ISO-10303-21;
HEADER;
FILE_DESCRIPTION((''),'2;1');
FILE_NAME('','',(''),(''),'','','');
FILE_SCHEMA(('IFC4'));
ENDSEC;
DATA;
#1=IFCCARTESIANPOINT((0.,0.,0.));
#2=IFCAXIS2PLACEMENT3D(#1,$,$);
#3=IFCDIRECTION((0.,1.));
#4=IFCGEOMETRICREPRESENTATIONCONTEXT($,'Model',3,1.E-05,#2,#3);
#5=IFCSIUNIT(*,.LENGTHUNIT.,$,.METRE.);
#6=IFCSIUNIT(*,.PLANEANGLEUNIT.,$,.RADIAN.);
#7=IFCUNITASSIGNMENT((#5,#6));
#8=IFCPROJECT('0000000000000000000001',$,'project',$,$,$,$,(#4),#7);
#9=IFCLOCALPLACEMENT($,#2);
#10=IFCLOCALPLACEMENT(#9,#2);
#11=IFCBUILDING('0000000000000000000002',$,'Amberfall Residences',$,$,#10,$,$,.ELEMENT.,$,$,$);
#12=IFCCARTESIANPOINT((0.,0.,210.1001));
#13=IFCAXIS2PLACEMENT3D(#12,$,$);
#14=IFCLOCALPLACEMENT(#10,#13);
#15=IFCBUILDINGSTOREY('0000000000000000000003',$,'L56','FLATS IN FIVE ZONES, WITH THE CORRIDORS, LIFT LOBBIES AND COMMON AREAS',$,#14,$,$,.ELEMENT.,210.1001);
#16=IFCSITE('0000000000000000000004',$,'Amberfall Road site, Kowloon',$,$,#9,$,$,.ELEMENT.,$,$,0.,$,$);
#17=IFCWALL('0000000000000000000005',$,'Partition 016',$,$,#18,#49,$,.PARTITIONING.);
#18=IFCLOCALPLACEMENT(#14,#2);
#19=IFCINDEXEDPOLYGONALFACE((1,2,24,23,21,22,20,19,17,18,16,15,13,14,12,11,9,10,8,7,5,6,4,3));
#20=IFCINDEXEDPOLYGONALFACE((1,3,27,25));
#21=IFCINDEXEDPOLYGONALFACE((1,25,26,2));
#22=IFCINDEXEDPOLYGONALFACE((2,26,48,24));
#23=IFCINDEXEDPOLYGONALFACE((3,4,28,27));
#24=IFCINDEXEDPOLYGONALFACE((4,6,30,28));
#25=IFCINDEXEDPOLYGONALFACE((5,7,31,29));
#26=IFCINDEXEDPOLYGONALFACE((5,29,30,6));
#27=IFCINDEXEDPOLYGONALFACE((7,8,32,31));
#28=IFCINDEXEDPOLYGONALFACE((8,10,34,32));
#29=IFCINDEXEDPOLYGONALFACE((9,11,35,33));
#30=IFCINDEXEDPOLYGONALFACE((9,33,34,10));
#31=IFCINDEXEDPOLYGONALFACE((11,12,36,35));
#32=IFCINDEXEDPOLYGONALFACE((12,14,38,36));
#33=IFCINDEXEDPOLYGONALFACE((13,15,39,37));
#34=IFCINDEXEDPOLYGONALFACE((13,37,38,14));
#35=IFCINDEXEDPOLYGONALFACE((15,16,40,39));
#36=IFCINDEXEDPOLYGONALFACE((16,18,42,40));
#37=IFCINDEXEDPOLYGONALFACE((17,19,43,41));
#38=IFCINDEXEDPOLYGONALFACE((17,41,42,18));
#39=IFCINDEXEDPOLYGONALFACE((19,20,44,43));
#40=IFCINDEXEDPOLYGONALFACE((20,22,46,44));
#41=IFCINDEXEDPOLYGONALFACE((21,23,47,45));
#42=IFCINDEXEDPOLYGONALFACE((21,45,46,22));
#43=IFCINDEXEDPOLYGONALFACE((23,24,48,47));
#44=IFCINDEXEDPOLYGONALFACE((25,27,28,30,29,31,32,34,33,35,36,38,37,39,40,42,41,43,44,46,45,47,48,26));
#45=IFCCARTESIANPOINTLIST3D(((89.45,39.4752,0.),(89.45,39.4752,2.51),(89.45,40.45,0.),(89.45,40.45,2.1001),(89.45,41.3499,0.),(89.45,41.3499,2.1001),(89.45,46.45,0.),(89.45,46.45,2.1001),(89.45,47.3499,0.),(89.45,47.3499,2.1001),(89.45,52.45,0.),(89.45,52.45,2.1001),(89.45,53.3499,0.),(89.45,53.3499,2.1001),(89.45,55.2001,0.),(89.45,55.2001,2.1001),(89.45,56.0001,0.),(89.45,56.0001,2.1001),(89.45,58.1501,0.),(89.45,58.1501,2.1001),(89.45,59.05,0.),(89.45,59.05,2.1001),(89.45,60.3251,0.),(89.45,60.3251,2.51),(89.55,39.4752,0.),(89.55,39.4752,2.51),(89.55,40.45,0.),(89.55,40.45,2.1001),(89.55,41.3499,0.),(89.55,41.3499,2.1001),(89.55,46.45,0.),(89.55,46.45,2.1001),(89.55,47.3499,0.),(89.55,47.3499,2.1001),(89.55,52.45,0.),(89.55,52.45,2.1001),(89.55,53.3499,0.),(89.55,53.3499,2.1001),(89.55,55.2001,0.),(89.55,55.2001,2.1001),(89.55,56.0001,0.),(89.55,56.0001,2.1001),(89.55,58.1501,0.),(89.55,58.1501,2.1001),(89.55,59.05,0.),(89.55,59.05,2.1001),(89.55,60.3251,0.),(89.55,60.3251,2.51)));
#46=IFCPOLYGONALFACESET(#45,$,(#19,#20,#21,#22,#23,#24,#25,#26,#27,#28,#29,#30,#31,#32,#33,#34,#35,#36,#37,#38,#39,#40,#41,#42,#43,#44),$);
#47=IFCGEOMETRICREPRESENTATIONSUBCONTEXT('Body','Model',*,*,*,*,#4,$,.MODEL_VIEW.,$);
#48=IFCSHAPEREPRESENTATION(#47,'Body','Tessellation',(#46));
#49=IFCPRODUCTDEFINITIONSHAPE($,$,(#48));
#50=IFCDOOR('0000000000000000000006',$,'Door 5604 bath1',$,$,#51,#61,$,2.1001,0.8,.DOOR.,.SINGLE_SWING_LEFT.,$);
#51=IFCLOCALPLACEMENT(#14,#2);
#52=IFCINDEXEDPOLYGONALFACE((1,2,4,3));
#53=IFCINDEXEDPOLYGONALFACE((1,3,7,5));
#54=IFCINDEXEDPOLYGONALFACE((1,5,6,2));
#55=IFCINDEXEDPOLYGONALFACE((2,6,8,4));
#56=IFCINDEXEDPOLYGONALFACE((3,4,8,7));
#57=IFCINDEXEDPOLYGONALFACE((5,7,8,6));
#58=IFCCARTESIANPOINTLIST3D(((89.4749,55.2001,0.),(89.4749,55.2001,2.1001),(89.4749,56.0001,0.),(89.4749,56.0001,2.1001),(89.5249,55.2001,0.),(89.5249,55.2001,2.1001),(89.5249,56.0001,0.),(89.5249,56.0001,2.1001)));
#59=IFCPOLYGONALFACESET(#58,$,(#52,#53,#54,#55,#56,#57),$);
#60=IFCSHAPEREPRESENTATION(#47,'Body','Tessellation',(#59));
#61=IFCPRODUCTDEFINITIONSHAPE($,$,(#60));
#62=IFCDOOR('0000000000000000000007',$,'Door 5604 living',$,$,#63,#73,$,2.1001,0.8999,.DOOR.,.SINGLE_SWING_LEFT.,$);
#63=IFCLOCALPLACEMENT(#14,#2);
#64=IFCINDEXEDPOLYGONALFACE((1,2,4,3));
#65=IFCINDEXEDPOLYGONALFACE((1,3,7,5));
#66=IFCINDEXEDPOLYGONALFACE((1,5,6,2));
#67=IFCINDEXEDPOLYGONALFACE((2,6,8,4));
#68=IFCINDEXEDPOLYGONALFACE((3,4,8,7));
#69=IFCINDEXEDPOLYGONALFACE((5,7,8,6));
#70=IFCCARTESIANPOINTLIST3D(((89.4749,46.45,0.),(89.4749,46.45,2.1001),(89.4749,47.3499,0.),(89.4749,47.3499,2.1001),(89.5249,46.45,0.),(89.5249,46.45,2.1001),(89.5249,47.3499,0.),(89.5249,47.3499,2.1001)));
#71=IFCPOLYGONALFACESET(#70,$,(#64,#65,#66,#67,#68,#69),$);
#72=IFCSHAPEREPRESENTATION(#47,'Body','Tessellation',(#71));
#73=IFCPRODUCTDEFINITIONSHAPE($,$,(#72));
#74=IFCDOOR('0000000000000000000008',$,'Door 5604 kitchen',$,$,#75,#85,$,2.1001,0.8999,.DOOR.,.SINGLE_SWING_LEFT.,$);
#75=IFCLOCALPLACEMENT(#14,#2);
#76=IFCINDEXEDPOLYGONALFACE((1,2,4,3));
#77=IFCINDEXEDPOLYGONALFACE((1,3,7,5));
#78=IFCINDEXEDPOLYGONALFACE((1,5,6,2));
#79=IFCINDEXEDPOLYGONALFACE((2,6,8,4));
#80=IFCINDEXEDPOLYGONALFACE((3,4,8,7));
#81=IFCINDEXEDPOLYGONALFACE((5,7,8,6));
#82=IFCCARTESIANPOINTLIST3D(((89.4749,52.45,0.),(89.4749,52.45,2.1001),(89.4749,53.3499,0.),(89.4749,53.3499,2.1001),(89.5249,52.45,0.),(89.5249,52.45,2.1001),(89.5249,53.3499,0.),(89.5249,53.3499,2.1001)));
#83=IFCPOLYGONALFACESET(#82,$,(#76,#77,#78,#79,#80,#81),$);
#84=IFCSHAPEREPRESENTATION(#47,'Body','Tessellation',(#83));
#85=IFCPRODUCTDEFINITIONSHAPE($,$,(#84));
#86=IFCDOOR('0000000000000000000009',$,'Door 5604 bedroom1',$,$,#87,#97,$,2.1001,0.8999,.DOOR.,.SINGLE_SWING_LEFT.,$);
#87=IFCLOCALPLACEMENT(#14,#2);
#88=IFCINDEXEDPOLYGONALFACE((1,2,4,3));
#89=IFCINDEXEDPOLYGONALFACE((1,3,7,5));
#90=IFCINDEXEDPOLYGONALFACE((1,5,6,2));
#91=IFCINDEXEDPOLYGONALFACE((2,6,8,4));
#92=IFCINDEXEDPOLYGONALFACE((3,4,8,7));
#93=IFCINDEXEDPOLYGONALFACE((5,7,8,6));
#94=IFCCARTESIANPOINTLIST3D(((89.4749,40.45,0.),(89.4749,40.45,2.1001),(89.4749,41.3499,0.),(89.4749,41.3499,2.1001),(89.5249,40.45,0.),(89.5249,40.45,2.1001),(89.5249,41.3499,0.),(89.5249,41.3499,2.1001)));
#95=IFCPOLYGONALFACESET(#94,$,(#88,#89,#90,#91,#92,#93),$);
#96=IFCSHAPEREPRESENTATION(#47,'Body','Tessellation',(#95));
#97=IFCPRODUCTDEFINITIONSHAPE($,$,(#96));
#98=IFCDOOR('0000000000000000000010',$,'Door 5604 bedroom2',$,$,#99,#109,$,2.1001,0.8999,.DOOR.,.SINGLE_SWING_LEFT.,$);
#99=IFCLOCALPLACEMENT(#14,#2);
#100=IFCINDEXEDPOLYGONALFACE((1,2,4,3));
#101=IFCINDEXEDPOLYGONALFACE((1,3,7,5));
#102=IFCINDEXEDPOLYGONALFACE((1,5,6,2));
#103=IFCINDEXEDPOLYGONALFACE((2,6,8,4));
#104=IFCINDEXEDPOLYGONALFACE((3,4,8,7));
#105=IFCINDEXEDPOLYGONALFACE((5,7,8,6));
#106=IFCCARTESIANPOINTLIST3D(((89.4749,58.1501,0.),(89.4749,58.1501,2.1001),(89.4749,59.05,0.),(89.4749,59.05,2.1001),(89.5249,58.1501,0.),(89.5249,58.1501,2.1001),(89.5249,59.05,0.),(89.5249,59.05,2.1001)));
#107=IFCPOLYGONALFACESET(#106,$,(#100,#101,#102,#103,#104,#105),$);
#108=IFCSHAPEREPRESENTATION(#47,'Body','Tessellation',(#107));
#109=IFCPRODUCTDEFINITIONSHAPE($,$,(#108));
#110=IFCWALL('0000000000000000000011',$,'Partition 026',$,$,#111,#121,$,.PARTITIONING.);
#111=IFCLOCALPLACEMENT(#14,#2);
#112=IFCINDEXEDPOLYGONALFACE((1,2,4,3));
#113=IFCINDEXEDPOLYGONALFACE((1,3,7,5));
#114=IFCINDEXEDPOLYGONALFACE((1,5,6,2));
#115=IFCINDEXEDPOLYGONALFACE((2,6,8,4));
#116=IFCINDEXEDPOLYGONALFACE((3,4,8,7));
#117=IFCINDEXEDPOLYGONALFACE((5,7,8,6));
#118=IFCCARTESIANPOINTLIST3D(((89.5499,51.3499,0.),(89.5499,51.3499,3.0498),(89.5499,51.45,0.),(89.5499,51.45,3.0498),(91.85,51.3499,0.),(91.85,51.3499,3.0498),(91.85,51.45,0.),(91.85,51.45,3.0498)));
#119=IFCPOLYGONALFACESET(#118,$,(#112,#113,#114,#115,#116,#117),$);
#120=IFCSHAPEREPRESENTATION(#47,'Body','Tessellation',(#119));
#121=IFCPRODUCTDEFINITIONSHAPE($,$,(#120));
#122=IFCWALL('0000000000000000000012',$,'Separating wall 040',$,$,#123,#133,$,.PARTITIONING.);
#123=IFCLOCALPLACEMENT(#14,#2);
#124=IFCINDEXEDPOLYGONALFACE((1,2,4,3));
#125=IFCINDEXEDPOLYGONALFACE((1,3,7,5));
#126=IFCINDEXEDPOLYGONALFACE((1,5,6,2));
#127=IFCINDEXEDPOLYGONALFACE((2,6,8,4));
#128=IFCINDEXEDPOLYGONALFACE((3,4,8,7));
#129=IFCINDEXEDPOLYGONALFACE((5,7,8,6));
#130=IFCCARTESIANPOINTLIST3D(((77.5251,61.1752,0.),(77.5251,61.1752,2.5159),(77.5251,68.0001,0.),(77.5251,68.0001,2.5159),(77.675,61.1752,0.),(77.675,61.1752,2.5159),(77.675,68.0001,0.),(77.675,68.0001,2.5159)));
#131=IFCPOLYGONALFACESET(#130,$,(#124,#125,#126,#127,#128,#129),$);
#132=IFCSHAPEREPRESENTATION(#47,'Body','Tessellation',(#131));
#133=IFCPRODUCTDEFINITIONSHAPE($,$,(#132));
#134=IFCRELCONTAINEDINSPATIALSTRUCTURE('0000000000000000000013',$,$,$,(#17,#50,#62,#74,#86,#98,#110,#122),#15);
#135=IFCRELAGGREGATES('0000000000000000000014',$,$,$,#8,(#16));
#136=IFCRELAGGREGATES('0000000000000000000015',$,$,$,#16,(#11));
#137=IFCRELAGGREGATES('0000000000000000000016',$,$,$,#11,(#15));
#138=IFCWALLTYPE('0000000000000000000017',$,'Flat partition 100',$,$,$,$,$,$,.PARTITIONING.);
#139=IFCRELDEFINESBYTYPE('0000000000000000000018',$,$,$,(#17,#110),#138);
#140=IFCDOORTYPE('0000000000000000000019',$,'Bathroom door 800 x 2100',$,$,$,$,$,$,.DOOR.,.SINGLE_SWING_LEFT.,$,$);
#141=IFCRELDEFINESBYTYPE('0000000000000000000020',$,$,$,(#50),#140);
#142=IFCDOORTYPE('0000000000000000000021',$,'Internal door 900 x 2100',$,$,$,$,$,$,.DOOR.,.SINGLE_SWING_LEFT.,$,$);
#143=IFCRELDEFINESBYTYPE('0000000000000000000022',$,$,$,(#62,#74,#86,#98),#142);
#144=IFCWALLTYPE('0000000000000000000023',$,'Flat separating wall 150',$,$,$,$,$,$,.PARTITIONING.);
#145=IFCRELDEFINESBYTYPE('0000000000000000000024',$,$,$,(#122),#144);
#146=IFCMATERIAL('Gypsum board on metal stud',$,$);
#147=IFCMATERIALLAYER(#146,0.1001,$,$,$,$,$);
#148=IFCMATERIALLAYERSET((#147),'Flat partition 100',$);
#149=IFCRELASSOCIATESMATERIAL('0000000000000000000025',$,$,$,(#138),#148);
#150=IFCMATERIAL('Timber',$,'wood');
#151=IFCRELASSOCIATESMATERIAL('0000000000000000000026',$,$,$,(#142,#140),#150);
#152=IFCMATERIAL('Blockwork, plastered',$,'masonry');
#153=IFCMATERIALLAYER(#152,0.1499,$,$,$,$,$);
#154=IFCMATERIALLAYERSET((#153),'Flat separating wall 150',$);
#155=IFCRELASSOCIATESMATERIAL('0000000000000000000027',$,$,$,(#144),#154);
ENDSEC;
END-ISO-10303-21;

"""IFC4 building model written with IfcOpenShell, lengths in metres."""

from ifc_helpers import new_model, si_unit, direction, frame, frame_2d, origin, place, context, subcontext, project, spatial, rectangle, extrude, material, layer, layer_set, type_object, element, fill, save


model = new_model("IFC4")

# Units and contexts
model_context = context("Model", 3, precision=1e-05, world=origin(), true_north=direction((0.0, 1.0)))
body_context = subcontext(model_context, "Body", "Model", "MODEL_VIEW")
ifc_project = project(units=[si_unit("LENGTHUNIT", "METRE"), si_unit("PLANEANGLEUNIT", "RADIAN")], contexts=[model_context])

# Site, building, storey
site_placement = place(None, origin())
site = spatial("IfcSite", under=ifc_project, at=site_placement, Name="Amberfall Road site, Kowloon", CompositionType="ELEMENT", RefElevation=0.0)
building_placement = place(site_placement, origin())
building = spatial("IfcBuilding", under=site, at=building_placement, Name="Amberfall Residences", CompositionType="ELEMENT")
storey_placement = place(building_placement, frame((0.0, 0.0, 210.1001)))
storey = spatial("IfcBuildingStorey", under=building, at=storey_placement, Name="L56", Description="FLATS IN FIVE ZONES, WITH THE CORRIDORS, LIFT LOBBIES AND COMMON AREAS", CompositionType="ELEMENT", Elevation=210.1001)

# Shared definitions
ifc_material_1 = material(Name="Gypsum board on metal stud")
ifc_layer_1 = layer(ifc_material_1, 0.1001)
ifc_layer_set_1 = layer_set([ifc_layer_1], Name="Flat partition 100")
wall_type_1 = type_object("IfcWallType", Name="Flat partition 100", PredefinedType="PARTITIONING", material=ifc_layer_set_1)

# Wall, openings, doors
ifc_material_2 = material(Name="Timber", Category="wood")
door_type_1 = type_object("IfcDoorType", Name="Internal door 900 x 2100", OperationType="SINGLE_SWING_LEFT", PredefinedType="DOOR", material=ifc_material_2)
wall_1_placement = place(storey_placement, frame((89.5, 60.325, 0.0), z_axis=(0.0, 0.0, 1.0), x_axis=(0.0, -1.0, 0.0)))
wall_1 = element("IfcWall", 1, at=wall_1_placement, inside=storey, type_object=wall_type_1, Name="Partition 016", PredefinedType="PARTITIONING", context=body_context, shape_type="SweptSolid", body=[
    extrude(rectangle(XDim=20.8499, YDim=0.1001, at=frame_2d((10.4248, 0.0))), origin(), (0.0, 0.0, 1.0), 2.51),
])
opening_1_placement = place(wall_1_placement, frame((12.9751, 0.0, 0.0)))
opening_1 = element("IfcOpeningElement", 2, at=opening_1_placement, cuts=wall_1, PredefinedType="OPENING", context=body_context, shape_type="SweptSolid", body=[
    extrude(rectangle(XDim=0.8999, YDim=2.1001, at=frame_2d((0.45, 1.05))), frame((0.0, 0.0601, 0.0), z_axis=(0.0, -1.0, 0.0), x_axis=(1.0, 0.0, 0.0)), (0.0, 0.0, 1.0), 0.1201),
])
opening_2_placement = place(wall_1_placement, frame((6.9751, 0.0, 0.0)))
opening_2 = element("IfcOpeningElement", 3, at=opening_2_placement, cuts=wall_1, PredefinedType="OPENING", context=body_context, shape_type="SweptSolid", body=[
    extrude(rectangle(XDim=0.8999, YDim=2.1001, at=frame_2d((0.45, 1.05))), frame((0.0, 0.0601, 0.0), z_axis=(0.0, -1.0, 0.0), x_axis=(1.0, 0.0, 0.0)), (0.0, 0.0, 1.0), 0.1201),
])
opening_3_placement = place(wall_1_placement, frame((18.9751, 0.0, 0.0)))
opening_3 = element("IfcOpeningElement", 4, at=opening_3_placement, cuts=wall_1, PredefinedType="OPENING", context=body_context, shape_type="SweptSolid", body=[
    extrude(rectangle(XDim=0.8999, YDim=2.1001, at=frame_2d((0.45, 1.05))), frame((0.0, 0.0601, 0.0), z_axis=(0.0, -1.0, 0.0), x_axis=(1.0, 0.0, 0.0)), (0.0, 0.0, 1.0), 0.1201),
])
opening_4_placement = place(wall_1_placement, frame((1.2749, 0.0, 0.0)))
opening_4 = element("IfcOpeningElement", 5, at=opening_4_placement, cuts=wall_1, PredefinedType="OPENING", context=body_context, shape_type="SweptSolid", body=[
    extrude(rectangle(XDim=0.8999, YDim=2.1001, at=frame_2d((0.45, 1.05))), frame((0.0, 0.0601, 0.0), z_axis=(0.0, -1.0, 0.0), x_axis=(1.0, 0.0, 0.0)), (0.0, 0.0, 1.0), 0.1201),
])
opening_5_placement = place(wall_1_placement, frame((4.325, 0.0, 0.0)))
opening_5 = element("IfcOpeningElement", 6, at=opening_5_placement, cuts=wall_1, PredefinedType="OPENING", context=body_context, shape_type="SweptSolid", body=[
    extrude(rectangle(XDim=0.8, YDim=2.1001, at=frame_2d((0.3999, 1.05))), frame((0.0, 0.0601, 0.0), z_axis=(0.0, -1.0, 0.0), x_axis=(1.0, 0.0, 0.0)), (0.0, 0.0, 1.0), 0.1201),
])
door_type_2 = type_object("IfcDoorType", Name="Bathroom door 800 x 2100", OperationType="SINGLE_SWING_LEFT", PredefinedType="DOOR", material=ifc_material_2)
door_1_placement = place(opening_5_placement, origin())
door_1 = element("IfcDoor", 7, at=door_1_placement, inside=storey, type_object=door_type_2, Name="Door 5604 bath1", OperationType="SINGLE_SWING_LEFT", OverallHeight=2.1001, OverallWidth=0.8, PredefinedType="DOOR", context=body_context, shape_type="SweptSolid", body=[
    extrude(rectangle(XDim=0.8, YDim=2.1001, at=frame_2d((0.3999, 1.05))), frame((0.0, 0.0249, 0.0), z_axis=(0.0, -1.0, 0.0), x_axis=(1.0, 0.0, 0.0)), (0.0, 0.0, 1.0), 0.05),
])
fill(opening_5, door_1)
door_2_placement = place(opening_1_placement, origin())
door_2 = element("IfcDoor", 8, at=door_2_placement, inside=storey, type_object=door_type_1, Name="Door 5604 living", OperationType="SINGLE_SWING_LEFT", OverallHeight=2.1001, OverallWidth=0.8999, PredefinedType="DOOR", context=body_context, shape_type="SweptSolid", body=[
    extrude(rectangle(XDim=0.8999, YDim=2.1001, at=frame_2d((0.45, 1.05))), frame((0.0, 0.0249, 0.0), z_axis=(0.0, -1.0, 0.0), x_axis=(1.0, 0.0, 0.0)), (0.0, 0.0, 1.0), 0.05),
])
fill(opening_1, door_2)
door_3_placement = place(opening_2_placement, origin())
door_3 = element("IfcDoor", 9, at=door_3_placement, inside=storey, type_object=door_type_1, Name="Door 5604 kitchen", OperationType="SINGLE_SWING_LEFT", OverallHeight=2.1001, OverallWidth=0.8999, PredefinedType="DOOR", context=body_context, shape_type="SweptSolid", body=[
    extrude(rectangle(XDim=0.8999, YDim=2.1001, at=frame_2d((0.45, 1.05))), frame((0.0, 0.0249, 0.0), z_axis=(0.0, -1.0, 0.0), x_axis=(1.0, 0.0, 0.0)), (0.0, 0.0, 1.0), 0.05),
])
fill(opening_2, door_3)
door_4_placement = place(opening_3_placement, origin())
door_4 = element("IfcDoor", 10, at=door_4_placement, inside=storey, type_object=door_type_1, Name="Door 5604 bedroom1", OperationType="SINGLE_SWING_LEFT", OverallHeight=2.1001, OverallWidth=0.8999, PredefinedType="DOOR", context=body_context, shape_type="SweptSolid", body=[
    extrude(rectangle(XDim=0.8999, YDim=2.1001, at=frame_2d((0.45, 1.05))), frame((0.0, 0.0249, 0.0), z_axis=(0.0, -1.0, 0.0), x_axis=(1.0, 0.0, 0.0)), (0.0, 0.0, 1.0), 0.05),
])
fill(opening_3, door_4)
door_5_placement = place(opening_4_placement, origin())
door_5 = element("IfcDoor", 11, at=door_5_placement, inside=storey, type_object=door_type_1, Name="Door 5604 bedroom2", OperationType="SINGLE_SWING_LEFT", OverallHeight=2.1001, OverallWidth=0.8999, PredefinedType="DOOR", context=body_context, shape_type="SweptSolid", body=[
    extrude(rectangle(XDim=0.8999, YDim=2.1001, at=frame_2d((0.45, 1.05))), frame((0.0, 0.0249, 0.0), z_axis=(0.0, -1.0, 0.0), x_axis=(1.0, 0.0, 0.0)), (0.0, 0.0, 1.0), 0.05),
])
fill(opening_4, door_5)

# Walls
wall_2_placement = place(storey_placement, frame((89.55, 51.3999, 0.0), z_axis=(0.0, 0.0, 1.0), x_axis=(1.0, 0.0, 0.0)))
element("IfcWall", 12, at=wall_2_placement, inside=storey, type_object=wall_type_1, Name="Partition 026", PredefinedType="PARTITIONING", context=body_context, shape_type="SweptSolid", body=[
    extrude(rectangle(XDim=2.3, YDim=0.1001, at=frame_2d((1.1499, 0.0))), origin(), (0.0, 0.0, 1.0), 3.0498),
])
ifc_material_3 = material(Name="Blockwork, plastered", Category="masonry")
ifc_layer_2 = layer(ifc_material_3, 0.1499)
ifc_layer_set_2 = layer_set([ifc_layer_2], Name="Flat separating wall 150")
wall_type_2 = type_object("IfcWallType", Name="Flat separating wall 150", PredefinedType="PARTITIONING", material=ifc_layer_set_2)
wall_3_placement = place(storey_placement, frame((77.6001, 61.175, 0.0), z_axis=(0.0, 0.0, 1.0), x_axis=(0.0, 1.0, 0.0)))
element("IfcWall", 13, at=wall_3_placement, inside=storey, type_object=wall_type_2, Name="Separating wall 040", PredefinedType="PARTITIONING", context=body_context, shape_type="SweptSolid", body=[
    extrude(rectangle(XDim=6.825, YDim=0.1499, at=frame_2d((3.4126, 0.0))), origin(), (0.0, 0.0, 1.0), 2.5159),
])

save(model, "model.ifc")
